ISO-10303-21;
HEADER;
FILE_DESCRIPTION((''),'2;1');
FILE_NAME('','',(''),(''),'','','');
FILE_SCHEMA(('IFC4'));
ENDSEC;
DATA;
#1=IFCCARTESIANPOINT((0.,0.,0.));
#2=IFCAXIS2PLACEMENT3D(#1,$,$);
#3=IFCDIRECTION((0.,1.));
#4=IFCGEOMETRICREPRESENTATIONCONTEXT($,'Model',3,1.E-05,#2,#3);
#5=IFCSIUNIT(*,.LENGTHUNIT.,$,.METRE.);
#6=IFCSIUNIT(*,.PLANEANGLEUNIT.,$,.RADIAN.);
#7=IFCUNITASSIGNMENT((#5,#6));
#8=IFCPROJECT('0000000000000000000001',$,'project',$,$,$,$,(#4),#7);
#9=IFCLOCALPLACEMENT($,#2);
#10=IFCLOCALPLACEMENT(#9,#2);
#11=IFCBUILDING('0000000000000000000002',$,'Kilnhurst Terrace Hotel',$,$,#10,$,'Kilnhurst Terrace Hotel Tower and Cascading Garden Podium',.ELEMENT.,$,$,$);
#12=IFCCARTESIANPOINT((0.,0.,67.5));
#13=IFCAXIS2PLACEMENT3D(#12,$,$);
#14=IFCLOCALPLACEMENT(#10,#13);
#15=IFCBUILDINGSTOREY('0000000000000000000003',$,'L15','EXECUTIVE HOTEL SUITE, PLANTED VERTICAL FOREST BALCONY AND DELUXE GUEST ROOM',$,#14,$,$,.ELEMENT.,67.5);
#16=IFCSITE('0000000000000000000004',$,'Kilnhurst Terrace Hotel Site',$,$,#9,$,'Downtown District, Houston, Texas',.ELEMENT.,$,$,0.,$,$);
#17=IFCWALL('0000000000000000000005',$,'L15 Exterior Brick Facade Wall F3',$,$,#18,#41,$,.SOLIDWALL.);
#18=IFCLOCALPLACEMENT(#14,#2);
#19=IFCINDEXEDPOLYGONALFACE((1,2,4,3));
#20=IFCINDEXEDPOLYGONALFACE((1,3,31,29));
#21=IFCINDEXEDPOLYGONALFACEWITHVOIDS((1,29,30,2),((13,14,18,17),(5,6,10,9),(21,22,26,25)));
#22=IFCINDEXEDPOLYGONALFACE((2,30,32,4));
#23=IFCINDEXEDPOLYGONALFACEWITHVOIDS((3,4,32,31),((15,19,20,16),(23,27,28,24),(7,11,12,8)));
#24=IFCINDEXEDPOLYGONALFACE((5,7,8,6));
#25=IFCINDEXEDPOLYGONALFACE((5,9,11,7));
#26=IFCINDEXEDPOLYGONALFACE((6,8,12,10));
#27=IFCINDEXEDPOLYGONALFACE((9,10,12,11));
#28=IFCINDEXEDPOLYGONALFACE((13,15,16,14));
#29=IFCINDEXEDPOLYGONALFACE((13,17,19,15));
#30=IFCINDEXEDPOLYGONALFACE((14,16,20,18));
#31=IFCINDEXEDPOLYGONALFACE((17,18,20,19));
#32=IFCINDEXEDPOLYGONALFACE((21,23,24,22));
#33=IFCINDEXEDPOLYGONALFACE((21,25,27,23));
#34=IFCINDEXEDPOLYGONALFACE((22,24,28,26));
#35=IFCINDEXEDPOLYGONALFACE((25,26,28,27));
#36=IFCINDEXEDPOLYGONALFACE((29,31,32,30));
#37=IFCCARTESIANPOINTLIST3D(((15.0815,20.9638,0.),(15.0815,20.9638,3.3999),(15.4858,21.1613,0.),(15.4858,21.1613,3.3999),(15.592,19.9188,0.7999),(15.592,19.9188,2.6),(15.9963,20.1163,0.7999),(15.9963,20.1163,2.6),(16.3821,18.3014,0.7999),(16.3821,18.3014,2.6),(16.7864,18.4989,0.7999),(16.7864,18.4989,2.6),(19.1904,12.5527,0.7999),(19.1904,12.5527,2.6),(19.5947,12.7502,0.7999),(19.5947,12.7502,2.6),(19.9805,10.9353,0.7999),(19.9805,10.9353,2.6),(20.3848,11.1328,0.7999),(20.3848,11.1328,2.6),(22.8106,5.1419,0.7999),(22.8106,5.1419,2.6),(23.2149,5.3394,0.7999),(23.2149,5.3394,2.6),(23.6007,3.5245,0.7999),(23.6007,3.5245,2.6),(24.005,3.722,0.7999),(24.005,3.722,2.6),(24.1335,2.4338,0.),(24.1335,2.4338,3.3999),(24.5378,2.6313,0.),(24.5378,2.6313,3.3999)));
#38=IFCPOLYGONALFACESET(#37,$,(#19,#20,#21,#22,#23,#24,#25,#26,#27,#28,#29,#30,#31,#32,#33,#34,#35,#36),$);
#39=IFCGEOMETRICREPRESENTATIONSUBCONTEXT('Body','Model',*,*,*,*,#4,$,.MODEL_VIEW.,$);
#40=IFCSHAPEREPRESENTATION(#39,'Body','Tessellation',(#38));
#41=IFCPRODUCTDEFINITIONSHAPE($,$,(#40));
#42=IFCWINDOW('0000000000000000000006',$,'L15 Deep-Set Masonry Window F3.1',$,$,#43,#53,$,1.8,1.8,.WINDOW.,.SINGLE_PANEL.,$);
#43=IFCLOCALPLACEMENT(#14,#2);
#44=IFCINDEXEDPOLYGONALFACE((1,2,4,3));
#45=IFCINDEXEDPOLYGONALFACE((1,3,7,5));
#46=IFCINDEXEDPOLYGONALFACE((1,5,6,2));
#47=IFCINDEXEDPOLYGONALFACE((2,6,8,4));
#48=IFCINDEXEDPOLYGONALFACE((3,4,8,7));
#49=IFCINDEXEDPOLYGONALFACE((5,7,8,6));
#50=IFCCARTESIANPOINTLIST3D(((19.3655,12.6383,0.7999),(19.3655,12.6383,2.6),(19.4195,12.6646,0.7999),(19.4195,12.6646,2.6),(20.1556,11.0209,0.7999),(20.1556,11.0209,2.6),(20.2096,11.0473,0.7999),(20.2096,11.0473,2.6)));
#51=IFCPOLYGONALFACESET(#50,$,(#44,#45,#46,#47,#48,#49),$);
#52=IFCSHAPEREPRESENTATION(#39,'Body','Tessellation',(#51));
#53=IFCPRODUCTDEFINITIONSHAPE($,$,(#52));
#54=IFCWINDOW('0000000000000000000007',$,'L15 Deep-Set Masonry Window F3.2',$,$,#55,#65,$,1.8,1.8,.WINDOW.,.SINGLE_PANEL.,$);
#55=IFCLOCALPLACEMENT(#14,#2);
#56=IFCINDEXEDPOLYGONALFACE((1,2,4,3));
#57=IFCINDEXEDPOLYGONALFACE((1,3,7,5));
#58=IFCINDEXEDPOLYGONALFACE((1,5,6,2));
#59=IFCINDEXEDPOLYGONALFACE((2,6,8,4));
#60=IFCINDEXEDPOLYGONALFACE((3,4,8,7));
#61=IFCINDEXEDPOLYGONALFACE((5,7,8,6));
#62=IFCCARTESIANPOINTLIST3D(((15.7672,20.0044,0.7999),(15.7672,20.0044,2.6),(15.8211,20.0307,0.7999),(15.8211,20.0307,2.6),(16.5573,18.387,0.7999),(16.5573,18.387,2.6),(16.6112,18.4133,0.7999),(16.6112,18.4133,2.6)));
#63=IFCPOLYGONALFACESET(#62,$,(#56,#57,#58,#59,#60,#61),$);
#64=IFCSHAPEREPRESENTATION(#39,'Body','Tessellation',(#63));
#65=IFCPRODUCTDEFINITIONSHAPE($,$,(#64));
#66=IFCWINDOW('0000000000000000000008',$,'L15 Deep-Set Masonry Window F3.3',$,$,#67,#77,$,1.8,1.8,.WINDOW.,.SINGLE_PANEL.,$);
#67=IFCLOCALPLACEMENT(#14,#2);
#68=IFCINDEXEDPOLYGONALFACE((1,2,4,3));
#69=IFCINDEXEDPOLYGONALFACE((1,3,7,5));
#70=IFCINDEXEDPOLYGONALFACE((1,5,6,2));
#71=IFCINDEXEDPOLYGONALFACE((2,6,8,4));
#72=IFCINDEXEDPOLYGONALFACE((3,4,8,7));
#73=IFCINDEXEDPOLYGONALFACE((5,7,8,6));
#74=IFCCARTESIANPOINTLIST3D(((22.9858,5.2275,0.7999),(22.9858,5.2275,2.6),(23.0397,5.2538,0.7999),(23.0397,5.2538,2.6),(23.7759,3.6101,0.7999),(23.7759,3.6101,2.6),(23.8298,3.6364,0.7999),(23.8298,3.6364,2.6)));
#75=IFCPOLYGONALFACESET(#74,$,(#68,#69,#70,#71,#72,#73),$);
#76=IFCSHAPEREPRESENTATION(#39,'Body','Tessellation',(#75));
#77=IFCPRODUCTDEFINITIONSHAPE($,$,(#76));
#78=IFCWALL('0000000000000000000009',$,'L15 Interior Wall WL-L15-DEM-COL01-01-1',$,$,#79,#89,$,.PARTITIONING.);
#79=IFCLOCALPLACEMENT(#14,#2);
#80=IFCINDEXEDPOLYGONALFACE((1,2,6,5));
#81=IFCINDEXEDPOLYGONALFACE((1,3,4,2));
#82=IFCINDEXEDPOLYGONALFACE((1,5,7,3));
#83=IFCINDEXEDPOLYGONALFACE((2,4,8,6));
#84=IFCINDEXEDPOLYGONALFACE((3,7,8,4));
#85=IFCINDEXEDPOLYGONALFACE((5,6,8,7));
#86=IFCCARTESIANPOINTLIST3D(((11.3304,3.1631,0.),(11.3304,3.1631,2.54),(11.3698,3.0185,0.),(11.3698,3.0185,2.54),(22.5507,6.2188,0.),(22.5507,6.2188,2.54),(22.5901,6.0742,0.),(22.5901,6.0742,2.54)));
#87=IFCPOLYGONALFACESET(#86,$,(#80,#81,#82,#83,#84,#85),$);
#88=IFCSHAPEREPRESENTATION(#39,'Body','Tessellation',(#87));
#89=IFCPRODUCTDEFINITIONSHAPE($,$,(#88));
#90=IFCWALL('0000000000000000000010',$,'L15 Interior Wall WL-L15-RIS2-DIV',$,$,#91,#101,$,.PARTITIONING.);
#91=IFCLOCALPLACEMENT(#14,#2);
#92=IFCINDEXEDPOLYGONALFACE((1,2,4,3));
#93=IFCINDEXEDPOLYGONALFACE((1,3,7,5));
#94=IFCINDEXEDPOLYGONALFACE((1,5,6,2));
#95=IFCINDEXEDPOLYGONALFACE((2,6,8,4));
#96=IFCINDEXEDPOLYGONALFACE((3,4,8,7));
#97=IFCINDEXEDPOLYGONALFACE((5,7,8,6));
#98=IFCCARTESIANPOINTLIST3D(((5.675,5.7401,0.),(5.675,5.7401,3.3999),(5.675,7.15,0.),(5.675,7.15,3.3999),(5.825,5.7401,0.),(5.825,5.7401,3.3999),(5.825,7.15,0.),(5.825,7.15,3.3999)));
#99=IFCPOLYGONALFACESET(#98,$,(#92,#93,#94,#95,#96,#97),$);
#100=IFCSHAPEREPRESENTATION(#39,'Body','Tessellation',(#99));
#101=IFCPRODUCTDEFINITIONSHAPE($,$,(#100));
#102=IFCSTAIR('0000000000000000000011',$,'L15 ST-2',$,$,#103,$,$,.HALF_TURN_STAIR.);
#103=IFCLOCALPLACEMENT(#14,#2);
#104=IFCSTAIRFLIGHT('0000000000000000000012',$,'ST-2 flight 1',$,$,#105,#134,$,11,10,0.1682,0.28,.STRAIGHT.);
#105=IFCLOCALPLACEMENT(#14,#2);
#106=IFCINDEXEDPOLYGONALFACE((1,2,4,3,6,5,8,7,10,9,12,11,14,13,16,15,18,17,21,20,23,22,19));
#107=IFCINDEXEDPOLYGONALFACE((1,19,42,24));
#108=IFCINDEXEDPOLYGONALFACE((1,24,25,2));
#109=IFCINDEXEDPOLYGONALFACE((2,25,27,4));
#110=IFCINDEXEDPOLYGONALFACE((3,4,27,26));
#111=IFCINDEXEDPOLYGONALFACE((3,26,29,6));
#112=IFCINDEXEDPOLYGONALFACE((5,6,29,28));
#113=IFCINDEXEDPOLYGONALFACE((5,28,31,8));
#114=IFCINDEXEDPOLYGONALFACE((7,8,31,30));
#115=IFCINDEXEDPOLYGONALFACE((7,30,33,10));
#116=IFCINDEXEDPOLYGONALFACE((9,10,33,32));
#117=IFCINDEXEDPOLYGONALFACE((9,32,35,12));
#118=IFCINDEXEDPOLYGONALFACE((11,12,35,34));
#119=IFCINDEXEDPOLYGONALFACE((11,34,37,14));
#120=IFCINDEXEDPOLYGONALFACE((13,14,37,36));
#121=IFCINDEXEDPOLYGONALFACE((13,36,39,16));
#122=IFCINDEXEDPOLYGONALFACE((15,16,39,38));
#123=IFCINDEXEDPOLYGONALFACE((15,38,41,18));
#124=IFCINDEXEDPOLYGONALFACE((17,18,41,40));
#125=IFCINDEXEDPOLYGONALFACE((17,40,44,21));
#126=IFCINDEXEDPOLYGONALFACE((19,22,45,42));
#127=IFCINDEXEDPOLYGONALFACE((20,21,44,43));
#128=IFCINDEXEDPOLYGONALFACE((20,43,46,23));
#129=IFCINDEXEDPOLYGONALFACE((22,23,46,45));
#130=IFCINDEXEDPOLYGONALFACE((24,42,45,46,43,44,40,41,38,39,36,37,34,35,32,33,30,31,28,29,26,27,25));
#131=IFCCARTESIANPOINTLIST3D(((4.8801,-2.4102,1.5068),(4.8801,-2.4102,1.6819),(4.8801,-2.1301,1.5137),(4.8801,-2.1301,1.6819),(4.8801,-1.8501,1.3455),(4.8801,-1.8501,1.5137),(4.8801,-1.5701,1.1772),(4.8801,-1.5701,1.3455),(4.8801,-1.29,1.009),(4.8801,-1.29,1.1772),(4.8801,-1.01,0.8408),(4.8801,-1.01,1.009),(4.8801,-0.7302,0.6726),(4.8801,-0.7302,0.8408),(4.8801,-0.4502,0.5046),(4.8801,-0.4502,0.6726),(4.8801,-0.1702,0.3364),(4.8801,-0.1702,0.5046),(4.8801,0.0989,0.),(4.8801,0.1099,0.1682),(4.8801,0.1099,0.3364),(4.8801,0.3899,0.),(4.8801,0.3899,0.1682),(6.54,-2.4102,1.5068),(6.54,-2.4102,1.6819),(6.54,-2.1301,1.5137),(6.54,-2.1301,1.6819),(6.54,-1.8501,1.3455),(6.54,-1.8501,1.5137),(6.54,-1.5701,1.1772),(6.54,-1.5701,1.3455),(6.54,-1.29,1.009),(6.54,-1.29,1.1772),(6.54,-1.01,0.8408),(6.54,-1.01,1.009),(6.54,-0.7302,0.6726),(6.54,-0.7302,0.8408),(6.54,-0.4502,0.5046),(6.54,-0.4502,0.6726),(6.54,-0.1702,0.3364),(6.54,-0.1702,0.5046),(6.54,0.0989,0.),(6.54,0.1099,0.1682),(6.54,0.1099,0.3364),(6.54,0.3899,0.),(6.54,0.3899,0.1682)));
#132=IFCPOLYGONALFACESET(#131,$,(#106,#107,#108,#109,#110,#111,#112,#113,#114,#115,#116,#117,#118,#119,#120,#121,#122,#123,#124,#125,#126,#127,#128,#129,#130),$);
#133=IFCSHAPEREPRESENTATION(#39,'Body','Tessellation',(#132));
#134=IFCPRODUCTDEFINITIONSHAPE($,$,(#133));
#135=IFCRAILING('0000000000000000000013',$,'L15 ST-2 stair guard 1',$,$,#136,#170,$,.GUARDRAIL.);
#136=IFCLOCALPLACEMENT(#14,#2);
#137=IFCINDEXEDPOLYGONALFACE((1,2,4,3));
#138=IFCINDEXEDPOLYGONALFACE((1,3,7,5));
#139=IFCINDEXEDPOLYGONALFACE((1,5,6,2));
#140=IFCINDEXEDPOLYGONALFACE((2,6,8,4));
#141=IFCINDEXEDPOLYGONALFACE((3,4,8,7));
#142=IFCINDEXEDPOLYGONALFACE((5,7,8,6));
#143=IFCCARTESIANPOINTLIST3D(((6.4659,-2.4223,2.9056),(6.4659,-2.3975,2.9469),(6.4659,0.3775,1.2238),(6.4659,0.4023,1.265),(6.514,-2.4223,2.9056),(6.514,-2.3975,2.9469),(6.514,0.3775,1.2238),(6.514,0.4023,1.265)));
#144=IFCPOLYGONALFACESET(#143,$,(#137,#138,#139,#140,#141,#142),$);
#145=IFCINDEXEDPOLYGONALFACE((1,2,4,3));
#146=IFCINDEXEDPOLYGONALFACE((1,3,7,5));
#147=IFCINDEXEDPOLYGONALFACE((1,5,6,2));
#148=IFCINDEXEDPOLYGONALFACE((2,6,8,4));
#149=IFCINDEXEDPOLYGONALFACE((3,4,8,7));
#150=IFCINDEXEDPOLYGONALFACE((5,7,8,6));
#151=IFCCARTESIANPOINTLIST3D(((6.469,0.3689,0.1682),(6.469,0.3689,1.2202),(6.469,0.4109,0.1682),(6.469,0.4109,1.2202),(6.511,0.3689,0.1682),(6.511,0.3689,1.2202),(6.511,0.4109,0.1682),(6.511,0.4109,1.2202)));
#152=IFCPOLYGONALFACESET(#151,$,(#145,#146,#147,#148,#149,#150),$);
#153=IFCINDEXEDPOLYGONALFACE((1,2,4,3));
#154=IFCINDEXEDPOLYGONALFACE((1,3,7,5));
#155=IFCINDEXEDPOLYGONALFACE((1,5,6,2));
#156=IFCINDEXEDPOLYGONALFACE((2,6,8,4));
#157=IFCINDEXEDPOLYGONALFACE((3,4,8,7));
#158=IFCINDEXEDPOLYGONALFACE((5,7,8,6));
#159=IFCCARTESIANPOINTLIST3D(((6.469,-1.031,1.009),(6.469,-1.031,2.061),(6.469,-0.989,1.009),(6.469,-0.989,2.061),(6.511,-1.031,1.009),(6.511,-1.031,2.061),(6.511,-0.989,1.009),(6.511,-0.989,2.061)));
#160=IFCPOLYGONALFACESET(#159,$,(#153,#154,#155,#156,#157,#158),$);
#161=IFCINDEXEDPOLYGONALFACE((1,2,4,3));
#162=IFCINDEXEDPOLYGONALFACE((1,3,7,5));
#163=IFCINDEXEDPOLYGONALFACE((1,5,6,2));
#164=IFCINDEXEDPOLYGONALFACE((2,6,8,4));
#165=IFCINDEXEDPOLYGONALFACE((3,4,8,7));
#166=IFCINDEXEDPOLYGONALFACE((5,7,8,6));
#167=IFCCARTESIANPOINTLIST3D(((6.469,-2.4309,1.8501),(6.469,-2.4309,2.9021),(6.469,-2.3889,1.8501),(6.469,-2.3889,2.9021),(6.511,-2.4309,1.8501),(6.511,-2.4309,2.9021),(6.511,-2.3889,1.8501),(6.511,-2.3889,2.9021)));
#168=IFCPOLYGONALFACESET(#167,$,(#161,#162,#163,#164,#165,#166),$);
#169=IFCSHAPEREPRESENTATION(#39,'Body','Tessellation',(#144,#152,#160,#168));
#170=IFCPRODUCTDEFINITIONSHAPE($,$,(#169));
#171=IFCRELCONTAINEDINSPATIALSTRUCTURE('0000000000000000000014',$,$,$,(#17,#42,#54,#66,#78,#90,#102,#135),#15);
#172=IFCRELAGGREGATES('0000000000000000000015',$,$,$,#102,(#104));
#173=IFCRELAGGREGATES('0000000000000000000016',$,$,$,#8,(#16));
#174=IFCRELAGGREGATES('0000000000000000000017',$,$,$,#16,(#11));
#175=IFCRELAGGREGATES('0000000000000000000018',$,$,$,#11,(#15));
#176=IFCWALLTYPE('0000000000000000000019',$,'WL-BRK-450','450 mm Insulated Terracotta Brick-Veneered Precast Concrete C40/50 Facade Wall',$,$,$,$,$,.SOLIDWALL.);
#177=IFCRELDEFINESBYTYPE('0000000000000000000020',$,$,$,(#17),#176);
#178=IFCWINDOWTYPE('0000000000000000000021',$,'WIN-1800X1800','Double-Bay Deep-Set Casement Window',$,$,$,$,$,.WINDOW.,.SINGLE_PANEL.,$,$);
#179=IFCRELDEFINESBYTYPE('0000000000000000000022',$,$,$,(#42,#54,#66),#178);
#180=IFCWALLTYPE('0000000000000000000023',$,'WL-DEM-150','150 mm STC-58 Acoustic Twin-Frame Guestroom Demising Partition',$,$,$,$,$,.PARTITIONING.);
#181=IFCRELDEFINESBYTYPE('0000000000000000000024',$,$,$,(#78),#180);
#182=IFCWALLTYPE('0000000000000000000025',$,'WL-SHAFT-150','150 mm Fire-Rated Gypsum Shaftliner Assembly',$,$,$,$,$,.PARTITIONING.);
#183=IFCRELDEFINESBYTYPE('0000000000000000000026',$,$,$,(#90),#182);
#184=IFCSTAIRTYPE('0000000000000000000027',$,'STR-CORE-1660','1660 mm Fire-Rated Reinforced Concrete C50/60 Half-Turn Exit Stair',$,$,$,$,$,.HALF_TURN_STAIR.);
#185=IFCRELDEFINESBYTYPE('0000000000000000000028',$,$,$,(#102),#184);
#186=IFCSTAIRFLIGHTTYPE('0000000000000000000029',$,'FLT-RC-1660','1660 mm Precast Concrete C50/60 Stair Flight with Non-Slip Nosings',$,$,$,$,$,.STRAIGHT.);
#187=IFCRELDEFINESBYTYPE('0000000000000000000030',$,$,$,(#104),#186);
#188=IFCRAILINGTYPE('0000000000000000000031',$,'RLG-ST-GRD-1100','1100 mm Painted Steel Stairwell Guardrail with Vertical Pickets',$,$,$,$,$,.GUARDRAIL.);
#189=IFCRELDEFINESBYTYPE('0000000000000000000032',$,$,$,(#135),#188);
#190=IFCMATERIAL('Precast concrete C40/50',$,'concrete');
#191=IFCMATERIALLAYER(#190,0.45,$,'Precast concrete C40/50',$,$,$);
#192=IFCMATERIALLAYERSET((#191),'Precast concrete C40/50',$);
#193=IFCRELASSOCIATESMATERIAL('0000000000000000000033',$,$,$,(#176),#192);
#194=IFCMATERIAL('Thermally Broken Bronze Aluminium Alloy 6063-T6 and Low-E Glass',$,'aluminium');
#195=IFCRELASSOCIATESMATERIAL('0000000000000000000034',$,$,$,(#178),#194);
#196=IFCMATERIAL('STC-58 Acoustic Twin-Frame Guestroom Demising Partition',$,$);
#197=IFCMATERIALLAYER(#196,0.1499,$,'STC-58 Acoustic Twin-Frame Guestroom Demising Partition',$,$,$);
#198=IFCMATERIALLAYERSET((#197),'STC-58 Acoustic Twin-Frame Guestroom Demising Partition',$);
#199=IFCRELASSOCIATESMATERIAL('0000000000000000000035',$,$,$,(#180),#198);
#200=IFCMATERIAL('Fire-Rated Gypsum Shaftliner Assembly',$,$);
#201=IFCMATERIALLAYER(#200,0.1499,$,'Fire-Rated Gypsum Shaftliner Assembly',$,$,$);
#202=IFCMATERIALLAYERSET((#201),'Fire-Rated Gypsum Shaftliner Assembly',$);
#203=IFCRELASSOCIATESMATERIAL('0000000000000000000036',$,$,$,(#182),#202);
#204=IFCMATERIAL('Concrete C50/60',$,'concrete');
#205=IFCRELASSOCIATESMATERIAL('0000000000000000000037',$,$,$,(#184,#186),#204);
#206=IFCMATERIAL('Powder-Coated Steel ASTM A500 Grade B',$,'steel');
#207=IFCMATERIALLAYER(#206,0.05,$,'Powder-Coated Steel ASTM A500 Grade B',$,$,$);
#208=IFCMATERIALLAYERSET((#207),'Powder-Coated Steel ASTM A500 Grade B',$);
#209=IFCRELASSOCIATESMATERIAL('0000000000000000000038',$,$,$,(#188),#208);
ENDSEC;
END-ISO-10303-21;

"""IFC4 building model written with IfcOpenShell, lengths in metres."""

from ifc_helpers import new_model, si_unit, direction, frame, frame_2d, origin, origin_2d, place, context, subcontext, project, spatial, polyline, rectangle, outline, extrude, material, layer, layer_set, type_object, element, fill, aggregate, save


model = new_model("IFC4")

# Units and contexts
model_context = context("Model", 3, precision=1e-05, world=origin(), true_north=direction((0.0, 1.0)))
body_context = subcontext(model_context, "Body", "Model", "MODEL_VIEW")
ifc_project = project(units=[si_unit("LENGTHUNIT", "METRE"), si_unit("PLANEANGLEUNIT", "RADIAN")], contexts=[model_context])

# Site, building, storey
site_placement = place(None, origin())
site = spatial("IfcSite", under=ifc_project, at=site_placement, Name="Kilnhurst Terrace Hotel Site", LongName="Downtown District, Houston, Texas", CompositionType="ELEMENT", RefElevation=0.0)
building_placement = place(site_placement, origin())
building = spatial("IfcBuilding", under=site, at=building_placement, Name="Kilnhurst Terrace Hotel", LongName="Kilnhurst Terrace Hotel Tower and Cascading Garden Podium", CompositionType="ELEMENT")
storey_placement = place(building_placement, frame((0.0, 0.0, 67.5)))
storey = spatial("IfcBuildingStorey", under=building, at=storey_placement, Name="L15", Description="EXECUTIVE HOTEL SUITE, PLANTED VERTICAL FOREST BALCONY AND DELUXE GUEST ROOM", CompositionType="ELEMENT", Elevation=67.5)

# Shared definitions
ifc_material_1 = material(Name="Concrete C50/60", Category="concrete")

# Shared definitions
ifc_material_2 = material(Name="Precast concrete C40/50", Category="concrete")
ifc_layer_1 = layer(ifc_material_2, 0.45, Name="Precast concrete C40/50")
ifc_layer_set_1 = layer_set([ifc_layer_1], Name="Precast concrete C40/50")
wall_type_1 = type_object("IfcWallType", Name="WL-BRK-450", Description="450 mm Insulated Terracotta Brick-Veneered Precast Concrete C40/50 Facade Wall", PredefinedType="SOLIDWALL", material=ifc_layer_set_1)

# Wall, openings, windows
wall_1_placement = place(storey_placement, frame((24.3357, 2.5325, 0.0), z_axis=(0.0, 0.0, 1.0), x_axis=(-0.438931, 0.898521, 0.0)))
wall_1 = element("IfcWall", 1, at=wall_1_placement, inside=storey, type_object=wall_type_1, Name="L15 Exterior Brick Facade Wall F3", PredefinedType="SOLIDWALL", context=body_context, shape_type="SweptSolid", body=[
    extrude(rectangle(XDim=20.6228, YDim=0.45, at=frame_2d((10.3115, 0.0))), origin(), (0.0, 0.0, 1.0), 3.3999),
])
opening_1_placement = place(wall_1_placement, frame((9.4619, 0.0, 0.8)))
opening_1 = element("IfcOpeningElement", 2, at=opening_1_placement, cuts=wall_1, PredefinedType="OPENING", context=body_context, shape_type="SweptSolid", body=[
    extrude(rectangle(XDim=1.8, YDim=1.8, at=frame_2d((0.8999, 0.8999))), frame((0.0, 0.2349, 0.0), z_axis=(0.0, -1.0, 0.0), x_axis=(1.0, 0.0, 0.0)), (0.0, 0.0, 1.0), 0.47),
])
opening_2_placement = place(wall_1_placement, frame((17.6599, 0.0, 0.8)))
opening_2 = element("IfcOpeningElement", 3, at=opening_2_placement, cuts=wall_1, PredefinedType="OPENING", context=body_context, shape_type="SweptSolid", body=[
    extrude(rectangle(XDim=1.8, YDim=1.8, at=frame_2d((0.8999, 0.8999))), frame((0.0, 0.2349, 0.0), z_axis=(0.0, -1.0, 0.0), x_axis=(1.0, 0.0, 0.0)), (0.0, 0.0, 1.0), 0.47),
])
opening_3_placement = place(wall_1_placement, frame((1.2141, 0.0, 0.8)))
opening_3 = element("IfcOpeningElement", 4, at=opening_3_placement, cuts=wall_1, PredefinedType="OPENING", context=body_context, shape_type="SweptSolid", body=[
    extrude(rectangle(XDim=1.8, YDim=1.8, at=frame_2d((0.8999, 0.8999))), frame((0.0, 0.2349, 0.0), z_axis=(0.0, -1.0, 0.0), x_axis=(1.0, 0.0, 0.0)), (0.0, 0.0, 1.0), 0.47),
])
ifc_material_3 = material(Name="Thermally Broken Bronze Aluminium Alloy 6063-T6 and Low-E Glass", Category="aluminium")
window_type = type_object("IfcWindowType", Name="WIN-1800X1800", Description="Double-Bay Deep-Set Casement Window", PartitioningType="SINGLE_PANEL", PredefinedType="WINDOW", material=ifc_material_3)
window_1_placement = place(opening_1_placement, origin())
window_1 = element("IfcWindow", 5, at=window_1_placement, inside=storey, type_object=window_type, Name="L15 Deep-Set Masonry Window F3.1", OverallHeight=1.8, OverallWidth=1.8, PartitioningType="SINGLE_PANEL", PredefinedType="WINDOW", context=body_context, shape_type="SweptSolid", body=[
    extrude(rectangle(XDim=1.8, YDim=1.8, at=frame_2d((0.8999, 0.8999))), frame((0.0, 0.03, 0.0), z_axis=(0.0, -1.0, 0.0), x_axis=(1.0, 0.0, 0.0)), (0.0, 0.0, 1.0), 0.0601),
])
fill(opening_1, window_1)
window_2_placement = place(opening_2_placement, origin())
window_2 = element("IfcWindow", 6, at=window_2_placement, inside=storey, type_object=window_type, Name="L15 Deep-Set Masonry Window F3.2", OverallHeight=1.8, OverallWidth=1.8, PartitioningType="SINGLE_PANEL", PredefinedType="WINDOW", context=body_context, shape_type="SweptSolid", body=[
    extrude(rectangle(XDim=1.8, YDim=1.8, at=frame_2d((0.8999, 0.8999))), frame((0.0, 0.03, 0.0), z_axis=(0.0, -1.0, 0.0), x_axis=(1.0, 0.0, 0.0)), (0.0, 0.0, 1.0), 0.0601),
])
fill(opening_2, window_2)
window_3_placement = place(opening_3_placement, origin())
window_3 = element("IfcWindow", 7, at=window_3_placement, inside=storey, type_object=window_type, Name="L15 Deep-Set Masonry Window F3.3", OverallHeight=1.8, OverallWidth=1.8, PartitioningType="SINGLE_PANEL", PredefinedType="WINDOW", context=body_context, shape_type="SweptSolid", body=[
    extrude(rectangle(XDim=1.8, YDim=1.8, at=frame_2d((0.8999, 0.8999))), frame((0.0, 0.03, 0.0), z_axis=(0.0, -1.0, 0.0), x_axis=(1.0, 0.0, 0.0)), (0.0, 0.0, 1.0), 0.0601),
])
fill(opening_3, window_3)

# Walls
ifc_material_4 = material(Name="STC-58 Acoustic Twin-Frame Guestroom Demising Partition")
ifc_layer_2 = layer(ifc_material_4, 0.1499, Name="STC-58 Acoustic Twin-Frame Guestroom Demising Partition")
ifc_layer_set_2 = layer_set([ifc_layer_2], Name="STC-58 Acoustic Twin-Frame Guestroom Demising Partition")
wall_type_2 = type_object("IfcWallType", Name="WL-DEM-150", Description="150 mm STC-58 Acoustic Twin-Frame Guestroom Demising Partition", PredefinedType="PARTITIONING", material=ifc_layer_set_2)
wall_2_placement = place(storey_placement, frame((11.3501, 3.0908, 0.0), z_axis=(0.0, 0.0, 1.0), x_axis=(0.96486, 0.262766, 0.0)))
element("IfcWall", 8, at=wall_2_placement, inside=storey, type_object=wall_type_2, Name="L15 Interior Wall WL-L15-DEM-COL01-01-1", PredefinedType="PARTITIONING", context=body_context, shape_type="SweptSolid", body=[
    extrude(rectangle(XDim=11.6289, YDim=0.1499, at=frame_2d((5.8145, 0.0))), origin(), (0.0, 0.0, 1.0), 2.54),
])
ifc_material_5 = material(Name="Fire-Rated Gypsum Shaftliner Assembly")
ifc_layer_3 = layer(ifc_material_5, 0.1499, Name="Fire-Rated Gypsum Shaftliner Assembly")
ifc_layer_set_3 = layer_set([ifc_layer_3], Name="Fire-Rated Gypsum Shaftliner Assembly")
wall_type_3 = type_object("IfcWallType", Name="WL-SHAFT-150", Description="150 mm Fire-Rated Gypsum Shaftliner Assembly", PredefinedType="PARTITIONING", material=ifc_layer_set_3)
wall_3_placement = place(storey_placement, frame((5.75, 5.74, 0.0), z_axis=(0.0, 0.0, 1.0), x_axis=(0.0, 1.0, 0.0)))
element("IfcWall", 9, at=wall_3_placement, inside=storey, type_object=wall_type_3, Name="L15 Interior Wall WL-L15-RIS2-DIV", PredefinedType="PARTITIONING", context=body_context, shape_type="SweptSolid", body=[
    extrude(rectangle(XDim=1.4099, YDim=0.1499, at=frame_2d((0.7051, 0.0))), origin(), (0.0, 0.0, 1.0), 3.3999),
])

# Stair, stair flight
stair_type = type_object("IfcStairType", Name="STR-CORE-1660", Description="1660 mm Fire-Rated Reinforced Concrete C50/60 Half-Turn Exit Stair", PredefinedType="HALF_TURN_STAIR", material=ifc_material_1)
stair_placement = place(storey_placement, origin())
stair = element("IfcStair", 10, at=stair_placement, inside=storey, type_object=stair_type, Name="L15 ST-2", PredefinedType="HALF_TURN_STAIR")
stair_flight_type = type_object("IfcStairFlightType", Name="FLT-RC-1660", Description="1660 mm Precast Concrete C50/60 Stair Flight with Non-Slip Nosings", PredefinedType="STRAIGHT", material=ifc_material_1)
stair_flight_placement = place(storey_placement, frame((5.71, 0.3899, 0.0), z_axis=(0.0, 0.0, 1.0), x_axis=(0.0, -1.0, 0.0)))
stair_flight = element("IfcStairFlight", 11, at=stair_flight_placement, type_object=stair_flight_type, Name="ST-2 flight 1", NumberOfRisers=11, NumberOfTreads=10, PredefinedType="STRAIGHT", RiserHeight=0.1682, TreadLength=0.28, context=body_context, shape_type="SweptSolid", body=[
    extrude(outline(polyline([(0.0, 0.0), (0.0, 0.1682), (0.28, 0.1682), (0.28, 0.3364), (0.5601, 0.3364), (0.5601, 0.5046), (0.8401, 0.5046), (0.8401, 0.6726), (1.1201, 0.6726), (1.1201, 0.8408), (1.3999, 0.8408), (1.3999, 1.009), (1.6799, 1.009), (1.6799, 1.1772), (1.96, 1.1772), (1.96, 1.3455), (2.24, 1.3455), (2.24, 1.5137), (2.52, 1.5137), (2.52, 1.6819), (2.8, 1.6819), (2.8, 1.8501), (2.8, 1.5068), (0.291, 0.0), (0.0, 0.0)])), frame((0.0, 0.8301, 0.0), z_axis=(0.0, -1.0, 0.0), x_axis=(1.0, 0.0, 0.0)), (0.0, 0.0, 1.0), 1.6599),
])
aggregate(stair, [stair_flight])

# Railing
ifc_material_6 = material(Name="Powder-Coated Steel ASTM A500 Grade B", Category="steel")
ifc_layer_4 = layer(ifc_material_6, 0.05, Name="Powder-Coated Steel ASTM A500 Grade B")
ifc_layer_set_4 = layer_set([ifc_layer_4], Name="Powder-Coated Steel ASTM A500 Grade B")
railing_type_1 = type_object("IfcRailingType", Name="RLG-ST-GRD-1100", Description="1100 mm Painted Steel Stairwell Guardrail with Vertical Pickets", PredefinedType="GUARDRAIL", material=ifc_layer_set_4)
railing_1_placement = place(storey_placement, frame((6.49, 0.3899, 0.1682)))
element("IfcRailing", 12, at=railing_1_placement, inside=storey, type_object=railing_type_1, Name="L15 ST-2 stair guard 1", PredefinedType="GUARDRAIL", context=body_context, shape_type="SweptSolid", body=[
    extrude(rectangle(XDim=0.0481, YDim=0.0481, at=origin_2d()), frame((0.0, 0.0, 1.0762), z_axis=(0.0, -0.857222, 0.514946), x_axis=(1.0, 0.0, 0.0)), (0.0, 0.0, 1.0), 3.2661),
    extrude(rectangle(XDim=0.042, YDim=0.042, at=origin_2d()), origin(), (0.0, 0.0, 1.0), 1.052),
    extrude(rectangle(XDim=0.042, YDim=0.042, at=origin_2d()), frame((0.0, -1.3999, 0.8408)), (0.0, 0.0, 1.0), 1.052),
    extrude(rectangle(XDim=0.042, YDim=0.042, at=origin_2d()), frame((0.0, -2.7998, 1.6819)), (0.0, 0.0, 1.0), 1.052),
])

save(model, "model.ifc")
